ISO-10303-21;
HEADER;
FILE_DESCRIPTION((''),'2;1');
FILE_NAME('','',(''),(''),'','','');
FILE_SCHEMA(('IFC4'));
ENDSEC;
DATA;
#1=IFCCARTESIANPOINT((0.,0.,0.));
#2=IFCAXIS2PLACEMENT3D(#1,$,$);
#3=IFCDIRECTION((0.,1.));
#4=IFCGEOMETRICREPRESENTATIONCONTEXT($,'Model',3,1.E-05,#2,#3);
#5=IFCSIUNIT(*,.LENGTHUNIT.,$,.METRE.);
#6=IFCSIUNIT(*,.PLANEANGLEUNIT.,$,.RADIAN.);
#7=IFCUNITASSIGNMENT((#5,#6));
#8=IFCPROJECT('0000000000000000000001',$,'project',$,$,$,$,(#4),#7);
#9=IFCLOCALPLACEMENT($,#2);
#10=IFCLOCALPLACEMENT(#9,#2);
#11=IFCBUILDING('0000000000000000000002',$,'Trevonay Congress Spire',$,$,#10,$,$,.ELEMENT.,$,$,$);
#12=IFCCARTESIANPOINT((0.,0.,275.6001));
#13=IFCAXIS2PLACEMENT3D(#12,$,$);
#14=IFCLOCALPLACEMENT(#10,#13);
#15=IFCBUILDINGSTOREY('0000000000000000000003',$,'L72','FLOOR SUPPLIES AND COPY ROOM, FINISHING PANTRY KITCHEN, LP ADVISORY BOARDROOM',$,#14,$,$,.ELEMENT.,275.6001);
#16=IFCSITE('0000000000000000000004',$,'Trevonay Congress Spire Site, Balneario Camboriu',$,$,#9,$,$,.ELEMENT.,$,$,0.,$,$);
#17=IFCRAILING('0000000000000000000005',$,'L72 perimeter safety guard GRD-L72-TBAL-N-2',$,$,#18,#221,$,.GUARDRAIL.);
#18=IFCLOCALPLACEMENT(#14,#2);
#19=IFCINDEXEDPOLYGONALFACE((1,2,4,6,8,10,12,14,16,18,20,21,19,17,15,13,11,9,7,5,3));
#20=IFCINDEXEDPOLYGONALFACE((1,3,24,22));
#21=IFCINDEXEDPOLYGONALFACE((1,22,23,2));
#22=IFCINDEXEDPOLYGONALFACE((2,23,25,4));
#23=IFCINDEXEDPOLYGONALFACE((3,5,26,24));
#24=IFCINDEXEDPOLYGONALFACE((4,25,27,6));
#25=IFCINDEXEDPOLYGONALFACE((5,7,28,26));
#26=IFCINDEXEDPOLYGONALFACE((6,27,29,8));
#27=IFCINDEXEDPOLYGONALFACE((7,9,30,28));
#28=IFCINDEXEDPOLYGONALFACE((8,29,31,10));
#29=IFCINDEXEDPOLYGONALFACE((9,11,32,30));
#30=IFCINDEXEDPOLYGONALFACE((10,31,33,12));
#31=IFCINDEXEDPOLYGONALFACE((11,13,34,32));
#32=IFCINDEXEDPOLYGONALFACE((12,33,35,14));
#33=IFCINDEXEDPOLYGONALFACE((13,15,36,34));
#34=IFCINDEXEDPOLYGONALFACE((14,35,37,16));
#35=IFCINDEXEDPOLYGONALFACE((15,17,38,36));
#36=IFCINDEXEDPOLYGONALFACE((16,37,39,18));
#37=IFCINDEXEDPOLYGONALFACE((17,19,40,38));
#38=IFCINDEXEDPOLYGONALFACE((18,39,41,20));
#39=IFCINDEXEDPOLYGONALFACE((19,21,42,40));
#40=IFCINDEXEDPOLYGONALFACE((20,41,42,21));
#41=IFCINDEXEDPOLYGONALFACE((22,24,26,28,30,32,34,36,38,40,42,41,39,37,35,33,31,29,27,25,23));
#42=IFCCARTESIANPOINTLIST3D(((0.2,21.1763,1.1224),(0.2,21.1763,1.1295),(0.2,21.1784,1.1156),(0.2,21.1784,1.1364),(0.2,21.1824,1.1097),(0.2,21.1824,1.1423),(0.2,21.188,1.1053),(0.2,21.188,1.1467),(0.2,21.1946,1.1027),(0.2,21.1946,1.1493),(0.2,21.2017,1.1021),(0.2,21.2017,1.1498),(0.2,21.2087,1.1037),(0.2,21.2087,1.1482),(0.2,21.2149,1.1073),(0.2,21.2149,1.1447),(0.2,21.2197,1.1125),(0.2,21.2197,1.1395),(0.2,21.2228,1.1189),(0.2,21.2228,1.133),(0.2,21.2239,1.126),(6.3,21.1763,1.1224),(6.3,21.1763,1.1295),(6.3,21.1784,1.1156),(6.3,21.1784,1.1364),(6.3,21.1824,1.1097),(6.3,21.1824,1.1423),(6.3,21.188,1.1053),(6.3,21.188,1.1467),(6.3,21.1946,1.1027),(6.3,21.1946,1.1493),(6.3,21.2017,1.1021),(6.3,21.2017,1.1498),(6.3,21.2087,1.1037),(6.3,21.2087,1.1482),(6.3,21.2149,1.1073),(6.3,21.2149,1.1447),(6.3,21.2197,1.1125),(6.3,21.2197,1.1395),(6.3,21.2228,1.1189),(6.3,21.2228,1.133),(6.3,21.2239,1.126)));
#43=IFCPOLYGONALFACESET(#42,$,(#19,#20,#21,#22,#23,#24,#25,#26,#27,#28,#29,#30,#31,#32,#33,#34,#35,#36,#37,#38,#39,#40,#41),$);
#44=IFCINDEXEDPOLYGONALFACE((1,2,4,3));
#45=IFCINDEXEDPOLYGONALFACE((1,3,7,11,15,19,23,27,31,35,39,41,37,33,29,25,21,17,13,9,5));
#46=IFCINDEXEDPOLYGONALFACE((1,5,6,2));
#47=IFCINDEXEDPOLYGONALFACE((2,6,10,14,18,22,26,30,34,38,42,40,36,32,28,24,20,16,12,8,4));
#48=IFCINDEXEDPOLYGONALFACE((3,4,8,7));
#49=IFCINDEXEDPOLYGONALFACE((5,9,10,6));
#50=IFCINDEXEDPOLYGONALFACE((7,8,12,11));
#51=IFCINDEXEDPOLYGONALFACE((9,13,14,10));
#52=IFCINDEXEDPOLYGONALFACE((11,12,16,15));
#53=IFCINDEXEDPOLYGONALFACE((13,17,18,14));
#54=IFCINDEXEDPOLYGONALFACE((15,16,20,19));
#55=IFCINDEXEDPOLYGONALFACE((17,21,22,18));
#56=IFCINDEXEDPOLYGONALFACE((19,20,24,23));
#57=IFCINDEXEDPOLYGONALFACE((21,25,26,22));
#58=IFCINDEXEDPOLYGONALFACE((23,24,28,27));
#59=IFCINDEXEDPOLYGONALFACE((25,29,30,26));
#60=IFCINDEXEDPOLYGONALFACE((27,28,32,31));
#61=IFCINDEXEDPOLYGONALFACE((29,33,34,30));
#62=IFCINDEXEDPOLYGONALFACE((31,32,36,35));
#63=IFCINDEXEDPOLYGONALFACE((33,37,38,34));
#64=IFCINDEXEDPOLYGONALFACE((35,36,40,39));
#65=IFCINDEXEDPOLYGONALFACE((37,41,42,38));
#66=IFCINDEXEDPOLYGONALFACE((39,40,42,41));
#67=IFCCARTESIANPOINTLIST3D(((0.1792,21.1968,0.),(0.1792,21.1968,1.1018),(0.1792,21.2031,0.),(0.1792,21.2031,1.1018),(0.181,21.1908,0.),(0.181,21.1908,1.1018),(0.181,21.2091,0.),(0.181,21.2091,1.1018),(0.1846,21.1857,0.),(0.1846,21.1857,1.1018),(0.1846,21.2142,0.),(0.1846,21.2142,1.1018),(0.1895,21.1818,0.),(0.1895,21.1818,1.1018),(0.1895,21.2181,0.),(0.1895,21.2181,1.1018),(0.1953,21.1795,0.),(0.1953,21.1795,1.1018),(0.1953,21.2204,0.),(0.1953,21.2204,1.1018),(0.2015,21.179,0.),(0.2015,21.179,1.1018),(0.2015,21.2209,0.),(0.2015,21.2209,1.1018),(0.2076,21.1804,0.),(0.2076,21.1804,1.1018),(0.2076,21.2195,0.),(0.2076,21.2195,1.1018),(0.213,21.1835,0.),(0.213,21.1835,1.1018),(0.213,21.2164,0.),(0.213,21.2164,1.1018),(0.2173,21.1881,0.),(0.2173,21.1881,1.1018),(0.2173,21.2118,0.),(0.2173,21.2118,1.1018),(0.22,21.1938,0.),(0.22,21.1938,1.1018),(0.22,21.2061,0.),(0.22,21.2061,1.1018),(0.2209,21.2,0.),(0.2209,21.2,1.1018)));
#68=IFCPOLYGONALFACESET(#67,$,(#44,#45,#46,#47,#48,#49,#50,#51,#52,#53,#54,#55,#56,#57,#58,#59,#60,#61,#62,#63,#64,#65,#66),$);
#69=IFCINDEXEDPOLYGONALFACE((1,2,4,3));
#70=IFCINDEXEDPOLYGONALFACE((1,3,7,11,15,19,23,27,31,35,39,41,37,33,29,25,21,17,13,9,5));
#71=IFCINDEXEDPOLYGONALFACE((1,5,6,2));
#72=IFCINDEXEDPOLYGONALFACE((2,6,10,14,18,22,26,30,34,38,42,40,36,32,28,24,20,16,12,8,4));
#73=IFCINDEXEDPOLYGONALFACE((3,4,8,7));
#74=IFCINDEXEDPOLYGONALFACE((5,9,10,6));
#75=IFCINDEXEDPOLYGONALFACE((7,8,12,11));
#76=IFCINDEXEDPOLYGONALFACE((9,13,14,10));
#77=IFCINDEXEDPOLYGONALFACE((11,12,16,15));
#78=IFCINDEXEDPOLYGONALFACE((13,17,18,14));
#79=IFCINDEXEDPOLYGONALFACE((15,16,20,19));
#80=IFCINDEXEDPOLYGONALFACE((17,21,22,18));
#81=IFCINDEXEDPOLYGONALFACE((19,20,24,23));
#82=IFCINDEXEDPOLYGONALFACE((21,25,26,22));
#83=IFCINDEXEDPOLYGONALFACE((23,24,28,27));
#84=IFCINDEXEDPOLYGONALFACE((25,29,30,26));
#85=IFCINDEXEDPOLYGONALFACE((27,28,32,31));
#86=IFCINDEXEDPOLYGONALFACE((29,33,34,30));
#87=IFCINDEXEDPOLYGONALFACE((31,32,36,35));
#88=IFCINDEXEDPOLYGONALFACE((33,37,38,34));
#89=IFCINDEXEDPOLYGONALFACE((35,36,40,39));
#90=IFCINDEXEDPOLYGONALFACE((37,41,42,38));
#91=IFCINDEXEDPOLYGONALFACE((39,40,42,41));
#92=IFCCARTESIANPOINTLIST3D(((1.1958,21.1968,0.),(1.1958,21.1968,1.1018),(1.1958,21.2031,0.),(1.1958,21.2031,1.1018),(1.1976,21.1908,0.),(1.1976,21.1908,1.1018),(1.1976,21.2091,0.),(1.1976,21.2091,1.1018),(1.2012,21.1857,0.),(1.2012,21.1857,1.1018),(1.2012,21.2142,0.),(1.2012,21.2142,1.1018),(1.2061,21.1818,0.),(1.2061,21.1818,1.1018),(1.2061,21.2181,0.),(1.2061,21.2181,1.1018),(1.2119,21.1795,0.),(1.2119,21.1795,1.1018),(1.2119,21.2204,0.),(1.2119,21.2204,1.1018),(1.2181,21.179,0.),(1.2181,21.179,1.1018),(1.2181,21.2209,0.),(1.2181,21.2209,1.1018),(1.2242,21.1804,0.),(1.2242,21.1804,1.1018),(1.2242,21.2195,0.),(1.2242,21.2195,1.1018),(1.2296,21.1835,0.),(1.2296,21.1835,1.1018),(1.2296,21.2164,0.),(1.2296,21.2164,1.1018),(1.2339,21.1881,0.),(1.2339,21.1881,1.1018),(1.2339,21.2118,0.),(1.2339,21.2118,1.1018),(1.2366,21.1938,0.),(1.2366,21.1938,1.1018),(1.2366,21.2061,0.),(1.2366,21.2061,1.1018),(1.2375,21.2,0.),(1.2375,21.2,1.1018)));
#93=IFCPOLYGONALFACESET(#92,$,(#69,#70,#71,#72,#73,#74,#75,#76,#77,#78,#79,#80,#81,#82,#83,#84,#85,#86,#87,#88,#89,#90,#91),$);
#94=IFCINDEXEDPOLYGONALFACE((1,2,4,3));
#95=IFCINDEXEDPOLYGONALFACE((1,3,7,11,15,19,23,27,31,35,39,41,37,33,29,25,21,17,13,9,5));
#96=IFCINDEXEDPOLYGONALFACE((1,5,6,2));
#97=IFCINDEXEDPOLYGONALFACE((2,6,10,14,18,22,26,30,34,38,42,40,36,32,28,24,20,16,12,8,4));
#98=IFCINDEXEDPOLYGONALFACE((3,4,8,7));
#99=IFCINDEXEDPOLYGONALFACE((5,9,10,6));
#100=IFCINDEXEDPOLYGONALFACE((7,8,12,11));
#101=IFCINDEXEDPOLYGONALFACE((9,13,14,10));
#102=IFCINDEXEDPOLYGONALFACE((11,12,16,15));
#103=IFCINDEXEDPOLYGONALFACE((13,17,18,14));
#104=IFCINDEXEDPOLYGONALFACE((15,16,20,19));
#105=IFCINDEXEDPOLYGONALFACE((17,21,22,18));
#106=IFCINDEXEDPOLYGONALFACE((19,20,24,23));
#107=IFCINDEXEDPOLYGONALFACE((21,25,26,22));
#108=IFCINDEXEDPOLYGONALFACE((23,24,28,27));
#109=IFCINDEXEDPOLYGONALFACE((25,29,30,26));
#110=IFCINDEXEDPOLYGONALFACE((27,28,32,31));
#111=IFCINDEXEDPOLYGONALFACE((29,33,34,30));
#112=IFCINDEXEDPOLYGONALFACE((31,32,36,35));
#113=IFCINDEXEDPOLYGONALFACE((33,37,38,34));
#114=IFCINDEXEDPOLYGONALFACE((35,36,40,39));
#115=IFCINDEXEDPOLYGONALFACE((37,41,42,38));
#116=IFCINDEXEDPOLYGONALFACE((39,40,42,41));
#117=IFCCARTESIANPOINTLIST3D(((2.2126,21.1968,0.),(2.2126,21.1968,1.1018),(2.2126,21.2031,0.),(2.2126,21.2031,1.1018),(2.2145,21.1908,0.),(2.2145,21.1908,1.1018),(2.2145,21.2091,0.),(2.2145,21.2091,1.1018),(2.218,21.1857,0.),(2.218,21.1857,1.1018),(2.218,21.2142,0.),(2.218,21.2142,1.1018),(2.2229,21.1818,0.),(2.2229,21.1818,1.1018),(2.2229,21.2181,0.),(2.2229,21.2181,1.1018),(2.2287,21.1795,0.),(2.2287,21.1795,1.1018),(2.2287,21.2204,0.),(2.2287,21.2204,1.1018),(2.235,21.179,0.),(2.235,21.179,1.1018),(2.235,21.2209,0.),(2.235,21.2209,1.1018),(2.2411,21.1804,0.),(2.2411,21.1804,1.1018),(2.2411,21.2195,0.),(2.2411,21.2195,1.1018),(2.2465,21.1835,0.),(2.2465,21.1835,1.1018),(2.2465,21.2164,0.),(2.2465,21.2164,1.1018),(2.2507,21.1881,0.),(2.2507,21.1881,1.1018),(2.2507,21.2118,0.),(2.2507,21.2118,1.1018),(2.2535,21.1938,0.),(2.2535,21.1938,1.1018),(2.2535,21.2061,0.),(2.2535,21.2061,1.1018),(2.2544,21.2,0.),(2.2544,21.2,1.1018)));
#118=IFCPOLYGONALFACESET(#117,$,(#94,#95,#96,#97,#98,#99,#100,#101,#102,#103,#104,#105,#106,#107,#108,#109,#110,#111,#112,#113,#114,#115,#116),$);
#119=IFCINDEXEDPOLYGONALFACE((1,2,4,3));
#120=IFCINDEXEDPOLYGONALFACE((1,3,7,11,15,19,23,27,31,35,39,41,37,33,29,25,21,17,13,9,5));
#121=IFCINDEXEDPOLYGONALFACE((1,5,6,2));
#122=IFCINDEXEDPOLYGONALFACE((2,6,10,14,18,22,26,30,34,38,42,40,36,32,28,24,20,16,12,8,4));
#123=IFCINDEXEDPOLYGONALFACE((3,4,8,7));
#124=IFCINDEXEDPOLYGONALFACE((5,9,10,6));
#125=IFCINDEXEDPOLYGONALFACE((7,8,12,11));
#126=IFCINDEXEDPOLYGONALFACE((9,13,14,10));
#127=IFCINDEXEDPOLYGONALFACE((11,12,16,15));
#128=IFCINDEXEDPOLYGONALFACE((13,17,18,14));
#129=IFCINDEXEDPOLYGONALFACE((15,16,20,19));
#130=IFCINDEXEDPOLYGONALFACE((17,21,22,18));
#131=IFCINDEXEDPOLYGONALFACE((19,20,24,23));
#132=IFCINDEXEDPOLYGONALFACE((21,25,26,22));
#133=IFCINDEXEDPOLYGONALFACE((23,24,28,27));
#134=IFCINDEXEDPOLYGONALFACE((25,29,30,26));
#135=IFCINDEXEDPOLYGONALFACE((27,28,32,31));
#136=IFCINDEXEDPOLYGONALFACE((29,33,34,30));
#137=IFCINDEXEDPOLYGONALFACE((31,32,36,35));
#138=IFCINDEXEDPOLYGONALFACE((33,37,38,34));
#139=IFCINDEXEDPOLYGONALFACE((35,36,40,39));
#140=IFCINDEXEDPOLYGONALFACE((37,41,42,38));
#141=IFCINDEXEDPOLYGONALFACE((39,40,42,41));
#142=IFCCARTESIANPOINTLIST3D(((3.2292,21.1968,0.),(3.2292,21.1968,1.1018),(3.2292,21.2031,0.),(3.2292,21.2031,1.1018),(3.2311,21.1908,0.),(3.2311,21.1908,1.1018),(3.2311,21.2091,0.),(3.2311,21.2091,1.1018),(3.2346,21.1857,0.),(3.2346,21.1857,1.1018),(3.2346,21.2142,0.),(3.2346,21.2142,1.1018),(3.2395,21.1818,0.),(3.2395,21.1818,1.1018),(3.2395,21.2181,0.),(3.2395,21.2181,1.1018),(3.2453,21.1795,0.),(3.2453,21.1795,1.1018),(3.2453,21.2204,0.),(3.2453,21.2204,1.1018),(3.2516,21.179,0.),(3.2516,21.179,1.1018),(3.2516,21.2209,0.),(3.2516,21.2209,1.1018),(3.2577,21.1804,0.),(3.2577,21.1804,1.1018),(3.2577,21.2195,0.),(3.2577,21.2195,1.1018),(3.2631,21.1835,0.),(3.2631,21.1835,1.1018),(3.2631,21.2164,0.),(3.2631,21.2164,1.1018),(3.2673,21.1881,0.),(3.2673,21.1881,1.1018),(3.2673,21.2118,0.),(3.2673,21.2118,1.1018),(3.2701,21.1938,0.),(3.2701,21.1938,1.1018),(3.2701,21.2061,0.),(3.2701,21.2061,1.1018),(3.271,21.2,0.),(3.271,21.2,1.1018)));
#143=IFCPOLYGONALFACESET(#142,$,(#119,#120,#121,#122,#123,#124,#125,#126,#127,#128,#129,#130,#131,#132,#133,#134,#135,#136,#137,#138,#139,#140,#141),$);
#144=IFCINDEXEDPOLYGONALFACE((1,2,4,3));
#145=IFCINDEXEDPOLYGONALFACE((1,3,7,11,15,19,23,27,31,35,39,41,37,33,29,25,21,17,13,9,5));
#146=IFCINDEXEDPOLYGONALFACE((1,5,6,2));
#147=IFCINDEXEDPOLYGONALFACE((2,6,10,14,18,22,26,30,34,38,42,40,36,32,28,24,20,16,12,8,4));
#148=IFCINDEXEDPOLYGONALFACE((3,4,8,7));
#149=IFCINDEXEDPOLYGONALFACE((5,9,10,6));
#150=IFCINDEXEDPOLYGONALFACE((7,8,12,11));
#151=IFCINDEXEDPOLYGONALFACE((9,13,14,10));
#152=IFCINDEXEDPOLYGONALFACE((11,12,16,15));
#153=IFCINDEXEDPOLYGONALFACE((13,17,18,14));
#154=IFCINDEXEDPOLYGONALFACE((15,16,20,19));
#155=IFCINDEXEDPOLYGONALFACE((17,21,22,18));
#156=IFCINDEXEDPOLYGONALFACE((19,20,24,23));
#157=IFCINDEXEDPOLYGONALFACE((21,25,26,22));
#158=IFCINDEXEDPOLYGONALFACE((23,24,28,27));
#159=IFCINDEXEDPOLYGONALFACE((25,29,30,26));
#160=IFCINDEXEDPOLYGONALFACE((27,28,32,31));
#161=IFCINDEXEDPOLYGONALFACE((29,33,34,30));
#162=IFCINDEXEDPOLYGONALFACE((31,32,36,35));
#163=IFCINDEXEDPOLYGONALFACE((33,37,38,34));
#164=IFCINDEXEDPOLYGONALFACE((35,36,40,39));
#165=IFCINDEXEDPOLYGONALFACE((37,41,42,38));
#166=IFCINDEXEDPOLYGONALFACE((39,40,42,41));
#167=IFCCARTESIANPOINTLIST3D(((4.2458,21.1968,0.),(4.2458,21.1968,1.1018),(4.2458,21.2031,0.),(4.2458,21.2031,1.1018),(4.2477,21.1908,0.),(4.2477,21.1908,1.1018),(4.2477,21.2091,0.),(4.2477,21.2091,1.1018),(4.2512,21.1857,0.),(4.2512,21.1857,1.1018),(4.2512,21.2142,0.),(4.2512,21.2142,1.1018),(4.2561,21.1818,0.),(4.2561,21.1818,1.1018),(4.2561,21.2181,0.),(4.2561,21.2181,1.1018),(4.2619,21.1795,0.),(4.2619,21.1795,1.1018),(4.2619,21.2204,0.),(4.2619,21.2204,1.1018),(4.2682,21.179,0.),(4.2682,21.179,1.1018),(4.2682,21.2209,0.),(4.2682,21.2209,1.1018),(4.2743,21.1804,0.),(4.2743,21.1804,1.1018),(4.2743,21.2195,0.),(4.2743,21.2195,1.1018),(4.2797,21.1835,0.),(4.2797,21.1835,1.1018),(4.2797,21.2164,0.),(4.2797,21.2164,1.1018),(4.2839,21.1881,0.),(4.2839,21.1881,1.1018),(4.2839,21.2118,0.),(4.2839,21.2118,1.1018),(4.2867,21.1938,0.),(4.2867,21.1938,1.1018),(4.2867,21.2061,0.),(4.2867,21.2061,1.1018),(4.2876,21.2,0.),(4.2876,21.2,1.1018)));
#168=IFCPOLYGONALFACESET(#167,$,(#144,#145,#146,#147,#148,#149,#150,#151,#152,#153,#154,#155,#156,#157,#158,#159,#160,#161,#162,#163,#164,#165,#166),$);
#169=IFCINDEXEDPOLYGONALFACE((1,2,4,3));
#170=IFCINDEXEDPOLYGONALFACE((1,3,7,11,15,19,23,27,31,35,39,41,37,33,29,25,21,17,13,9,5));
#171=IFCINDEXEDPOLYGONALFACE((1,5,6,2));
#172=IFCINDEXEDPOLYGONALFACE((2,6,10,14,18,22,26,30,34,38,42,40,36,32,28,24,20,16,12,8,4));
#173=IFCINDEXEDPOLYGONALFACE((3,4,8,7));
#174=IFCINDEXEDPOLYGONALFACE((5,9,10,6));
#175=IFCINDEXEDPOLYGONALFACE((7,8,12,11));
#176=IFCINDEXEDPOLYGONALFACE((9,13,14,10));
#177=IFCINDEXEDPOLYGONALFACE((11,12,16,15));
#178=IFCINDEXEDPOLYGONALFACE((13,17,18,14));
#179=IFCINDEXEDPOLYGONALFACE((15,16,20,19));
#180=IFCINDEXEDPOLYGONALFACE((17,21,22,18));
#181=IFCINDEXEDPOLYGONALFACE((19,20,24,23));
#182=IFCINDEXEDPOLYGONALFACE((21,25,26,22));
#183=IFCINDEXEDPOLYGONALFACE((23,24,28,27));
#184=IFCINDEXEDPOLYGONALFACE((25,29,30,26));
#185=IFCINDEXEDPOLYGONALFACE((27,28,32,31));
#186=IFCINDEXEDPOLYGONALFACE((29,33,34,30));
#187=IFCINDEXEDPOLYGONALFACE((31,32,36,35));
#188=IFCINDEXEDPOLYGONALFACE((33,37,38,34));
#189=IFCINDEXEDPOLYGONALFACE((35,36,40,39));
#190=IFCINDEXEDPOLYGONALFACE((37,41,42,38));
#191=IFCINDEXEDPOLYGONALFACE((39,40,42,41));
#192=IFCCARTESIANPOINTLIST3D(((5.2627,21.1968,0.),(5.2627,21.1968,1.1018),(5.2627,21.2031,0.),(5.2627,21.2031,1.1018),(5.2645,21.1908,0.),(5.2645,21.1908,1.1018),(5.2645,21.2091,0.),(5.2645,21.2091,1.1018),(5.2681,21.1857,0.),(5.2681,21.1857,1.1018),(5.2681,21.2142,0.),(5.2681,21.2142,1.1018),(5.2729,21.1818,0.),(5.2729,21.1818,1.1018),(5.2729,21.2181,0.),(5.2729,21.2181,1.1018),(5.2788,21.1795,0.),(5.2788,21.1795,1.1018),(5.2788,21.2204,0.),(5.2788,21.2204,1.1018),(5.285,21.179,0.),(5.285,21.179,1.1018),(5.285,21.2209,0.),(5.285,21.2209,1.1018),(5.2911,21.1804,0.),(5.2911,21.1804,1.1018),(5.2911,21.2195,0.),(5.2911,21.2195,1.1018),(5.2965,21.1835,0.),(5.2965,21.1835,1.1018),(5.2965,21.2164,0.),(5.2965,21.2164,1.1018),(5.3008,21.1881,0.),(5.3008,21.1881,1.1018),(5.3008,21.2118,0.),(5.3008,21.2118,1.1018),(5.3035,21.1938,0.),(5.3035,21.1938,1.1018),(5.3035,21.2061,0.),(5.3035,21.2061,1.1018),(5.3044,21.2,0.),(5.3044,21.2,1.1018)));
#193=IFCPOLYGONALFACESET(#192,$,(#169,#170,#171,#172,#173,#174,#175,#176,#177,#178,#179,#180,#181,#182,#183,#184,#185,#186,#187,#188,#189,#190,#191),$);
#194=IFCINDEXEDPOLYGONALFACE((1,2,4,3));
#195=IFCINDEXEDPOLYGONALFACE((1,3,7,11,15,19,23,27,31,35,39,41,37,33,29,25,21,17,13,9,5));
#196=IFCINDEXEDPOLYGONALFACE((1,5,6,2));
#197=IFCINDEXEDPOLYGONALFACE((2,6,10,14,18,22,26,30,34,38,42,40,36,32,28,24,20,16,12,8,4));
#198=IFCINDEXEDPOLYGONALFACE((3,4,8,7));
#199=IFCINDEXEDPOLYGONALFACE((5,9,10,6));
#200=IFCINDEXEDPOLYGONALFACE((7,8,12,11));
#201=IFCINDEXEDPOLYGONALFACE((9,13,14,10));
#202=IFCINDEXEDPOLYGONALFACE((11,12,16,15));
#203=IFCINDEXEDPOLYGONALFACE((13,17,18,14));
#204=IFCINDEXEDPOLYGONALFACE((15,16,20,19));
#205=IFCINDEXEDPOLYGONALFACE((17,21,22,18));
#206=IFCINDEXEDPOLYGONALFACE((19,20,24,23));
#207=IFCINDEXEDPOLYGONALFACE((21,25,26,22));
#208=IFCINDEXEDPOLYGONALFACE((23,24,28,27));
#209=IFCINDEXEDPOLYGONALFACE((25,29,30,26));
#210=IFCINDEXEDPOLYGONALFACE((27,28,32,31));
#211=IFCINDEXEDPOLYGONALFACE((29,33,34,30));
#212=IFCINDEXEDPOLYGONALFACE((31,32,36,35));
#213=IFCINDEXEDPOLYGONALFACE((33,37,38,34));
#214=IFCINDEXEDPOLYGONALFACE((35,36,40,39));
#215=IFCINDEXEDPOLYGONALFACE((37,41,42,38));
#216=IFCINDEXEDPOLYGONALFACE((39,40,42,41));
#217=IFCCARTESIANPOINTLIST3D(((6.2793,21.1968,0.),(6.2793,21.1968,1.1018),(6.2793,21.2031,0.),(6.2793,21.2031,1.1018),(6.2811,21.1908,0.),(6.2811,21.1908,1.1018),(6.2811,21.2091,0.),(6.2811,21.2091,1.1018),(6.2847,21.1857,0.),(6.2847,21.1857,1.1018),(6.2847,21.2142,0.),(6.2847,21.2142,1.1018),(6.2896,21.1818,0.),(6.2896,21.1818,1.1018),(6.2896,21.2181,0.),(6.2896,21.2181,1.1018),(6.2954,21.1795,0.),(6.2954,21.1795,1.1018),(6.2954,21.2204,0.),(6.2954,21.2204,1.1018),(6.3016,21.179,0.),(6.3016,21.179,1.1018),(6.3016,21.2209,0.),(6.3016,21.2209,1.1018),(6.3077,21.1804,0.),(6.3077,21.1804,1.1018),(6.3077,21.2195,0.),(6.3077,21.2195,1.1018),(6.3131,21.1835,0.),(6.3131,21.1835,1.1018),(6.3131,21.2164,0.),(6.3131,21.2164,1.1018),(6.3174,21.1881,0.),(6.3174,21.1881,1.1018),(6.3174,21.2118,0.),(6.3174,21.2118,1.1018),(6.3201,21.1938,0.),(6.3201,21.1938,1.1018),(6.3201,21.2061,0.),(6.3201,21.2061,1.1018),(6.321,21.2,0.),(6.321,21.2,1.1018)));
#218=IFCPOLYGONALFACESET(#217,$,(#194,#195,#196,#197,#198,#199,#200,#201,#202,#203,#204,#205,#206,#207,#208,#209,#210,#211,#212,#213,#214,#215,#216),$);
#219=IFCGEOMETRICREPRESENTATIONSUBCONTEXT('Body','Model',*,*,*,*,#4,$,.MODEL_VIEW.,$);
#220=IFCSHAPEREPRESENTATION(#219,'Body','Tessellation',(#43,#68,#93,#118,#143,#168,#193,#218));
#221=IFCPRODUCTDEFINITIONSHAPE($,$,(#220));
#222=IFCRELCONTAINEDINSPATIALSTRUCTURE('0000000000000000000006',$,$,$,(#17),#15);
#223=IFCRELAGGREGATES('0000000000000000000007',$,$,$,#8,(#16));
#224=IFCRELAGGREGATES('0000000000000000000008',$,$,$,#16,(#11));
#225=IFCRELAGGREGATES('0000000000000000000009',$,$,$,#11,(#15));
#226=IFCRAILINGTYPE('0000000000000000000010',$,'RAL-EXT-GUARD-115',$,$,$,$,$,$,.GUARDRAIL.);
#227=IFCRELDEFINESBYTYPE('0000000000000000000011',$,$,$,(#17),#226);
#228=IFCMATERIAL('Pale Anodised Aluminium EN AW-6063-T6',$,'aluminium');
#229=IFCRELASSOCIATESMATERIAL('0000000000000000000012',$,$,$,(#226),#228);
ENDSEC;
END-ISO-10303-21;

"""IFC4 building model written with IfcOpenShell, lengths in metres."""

from ifc_helpers import new_model, si_unit, direction, frame, origin, origin_2d, place, context, subcontext, project, spatial, circle, extrude, material, type_object, element, save


model = new_model("IFC4")

# Units and contexts
model_context = context("Model", 3, precision=1e-05, world=origin(), true_north=direction((0.0, 1.0)))
body_context = subcontext(model_context, "Body", "Model", "MODEL_VIEW")
ifc_project = project(units=[si_unit("LENGTHUNIT", "METRE"), si_unit("PLANEANGLEUNIT", "RADIAN")], contexts=[model_context])

# Site, building, storey
site_placement = place(None, origin())
site = spatial("IfcSite", under=ifc_project, at=site_placement, Name="Trevonay Congress Spire Site, Balneario Camboriu", CompositionType="ELEMENT", RefElevation=0.0)
building_placement = place(site_placement, origin())
building = spatial("IfcBuilding", under=site, at=building_placement, Name="Trevonay Congress Spire", CompositionType="ELEMENT")
storey_placement = place(building_placement, frame((0.0, 0.0, 275.6001)))
storey = spatial("IfcBuildingStorey", under=building, at=storey_placement, Name="L72", Description="FLOOR SUPPLIES AND COPY ROOM, FINISHING PANTRY KITCHEN, LP ADVISORY BOARDROOM", CompositionType="ELEMENT", Elevation=275.6001)

# Shared definitions
ifc_material_1 = material(Name="Pale Anodised Aluminium EN AW-6063-T6", Category="aluminium")

# Railing
railing_type = type_object("IfcRailingType", Name="RAL-EXT-GUARD-115", PredefinedType="GUARDRAIL", material=ifc_material_1)
railing_1_placement = place(storey_placement, frame((0.2, 21.2, 0.0)))
element("IfcRailing", 1, at=railing_1_placement, inside=storey, type_object=railing_type, Name="L72 perimeter safety guard GRD-L72-TBAL-N-2", PredefinedType="GUARDRAIL", context=body_context, shape_type="SweptSolid", body=[
    extrude(circle(Radius=0.0239, at=origin_2d()), frame((0.0, 0.0, 1.126), z_axis=(1.0, 0.0, 0.0), x_axis=(0.0, 1.0, 0.0)), (0.0, 0.0, 1.0), 6.1001),
    extrude(circle(Radius=0.021, at=origin_2d()), origin(), (0.0, 0.0, 1.0), 1.1018),
    extrude(circle(Radius=0.021, at=origin_2d()), frame((1.0166, 0.0, 0.0)), (0.0, 0.0, 1.0), 1.1018),
    extrude(circle(Radius=0.021, at=origin_2d()), frame((2.0334, 0.0, 0.0)), (0.0, 0.0, 1.0), 1.1018),
    extrude(circle(Radius=0.021, at=origin_2d()), frame((3.05, 0.0, 0.0)), (0.0, 0.0, 1.0), 1.1018),
    extrude(circle(Radius=0.021, at=origin_2d()), frame((4.0667, 0.0, 0.0)), (0.0, 0.0, 1.0), 1.1018),
    extrude(circle(Radius=0.021, at=origin_2d()), frame((5.0835, 0.0, 0.0)), (0.0, 0.0, 1.0), 1.1018),
    extrude(circle(Radius=0.021, at=origin_2d()), frame((6.1001, 0.0, 0.0)), (0.0, 0.0, 1.0), 1.1018),
])

save(model, "model.ifc")
